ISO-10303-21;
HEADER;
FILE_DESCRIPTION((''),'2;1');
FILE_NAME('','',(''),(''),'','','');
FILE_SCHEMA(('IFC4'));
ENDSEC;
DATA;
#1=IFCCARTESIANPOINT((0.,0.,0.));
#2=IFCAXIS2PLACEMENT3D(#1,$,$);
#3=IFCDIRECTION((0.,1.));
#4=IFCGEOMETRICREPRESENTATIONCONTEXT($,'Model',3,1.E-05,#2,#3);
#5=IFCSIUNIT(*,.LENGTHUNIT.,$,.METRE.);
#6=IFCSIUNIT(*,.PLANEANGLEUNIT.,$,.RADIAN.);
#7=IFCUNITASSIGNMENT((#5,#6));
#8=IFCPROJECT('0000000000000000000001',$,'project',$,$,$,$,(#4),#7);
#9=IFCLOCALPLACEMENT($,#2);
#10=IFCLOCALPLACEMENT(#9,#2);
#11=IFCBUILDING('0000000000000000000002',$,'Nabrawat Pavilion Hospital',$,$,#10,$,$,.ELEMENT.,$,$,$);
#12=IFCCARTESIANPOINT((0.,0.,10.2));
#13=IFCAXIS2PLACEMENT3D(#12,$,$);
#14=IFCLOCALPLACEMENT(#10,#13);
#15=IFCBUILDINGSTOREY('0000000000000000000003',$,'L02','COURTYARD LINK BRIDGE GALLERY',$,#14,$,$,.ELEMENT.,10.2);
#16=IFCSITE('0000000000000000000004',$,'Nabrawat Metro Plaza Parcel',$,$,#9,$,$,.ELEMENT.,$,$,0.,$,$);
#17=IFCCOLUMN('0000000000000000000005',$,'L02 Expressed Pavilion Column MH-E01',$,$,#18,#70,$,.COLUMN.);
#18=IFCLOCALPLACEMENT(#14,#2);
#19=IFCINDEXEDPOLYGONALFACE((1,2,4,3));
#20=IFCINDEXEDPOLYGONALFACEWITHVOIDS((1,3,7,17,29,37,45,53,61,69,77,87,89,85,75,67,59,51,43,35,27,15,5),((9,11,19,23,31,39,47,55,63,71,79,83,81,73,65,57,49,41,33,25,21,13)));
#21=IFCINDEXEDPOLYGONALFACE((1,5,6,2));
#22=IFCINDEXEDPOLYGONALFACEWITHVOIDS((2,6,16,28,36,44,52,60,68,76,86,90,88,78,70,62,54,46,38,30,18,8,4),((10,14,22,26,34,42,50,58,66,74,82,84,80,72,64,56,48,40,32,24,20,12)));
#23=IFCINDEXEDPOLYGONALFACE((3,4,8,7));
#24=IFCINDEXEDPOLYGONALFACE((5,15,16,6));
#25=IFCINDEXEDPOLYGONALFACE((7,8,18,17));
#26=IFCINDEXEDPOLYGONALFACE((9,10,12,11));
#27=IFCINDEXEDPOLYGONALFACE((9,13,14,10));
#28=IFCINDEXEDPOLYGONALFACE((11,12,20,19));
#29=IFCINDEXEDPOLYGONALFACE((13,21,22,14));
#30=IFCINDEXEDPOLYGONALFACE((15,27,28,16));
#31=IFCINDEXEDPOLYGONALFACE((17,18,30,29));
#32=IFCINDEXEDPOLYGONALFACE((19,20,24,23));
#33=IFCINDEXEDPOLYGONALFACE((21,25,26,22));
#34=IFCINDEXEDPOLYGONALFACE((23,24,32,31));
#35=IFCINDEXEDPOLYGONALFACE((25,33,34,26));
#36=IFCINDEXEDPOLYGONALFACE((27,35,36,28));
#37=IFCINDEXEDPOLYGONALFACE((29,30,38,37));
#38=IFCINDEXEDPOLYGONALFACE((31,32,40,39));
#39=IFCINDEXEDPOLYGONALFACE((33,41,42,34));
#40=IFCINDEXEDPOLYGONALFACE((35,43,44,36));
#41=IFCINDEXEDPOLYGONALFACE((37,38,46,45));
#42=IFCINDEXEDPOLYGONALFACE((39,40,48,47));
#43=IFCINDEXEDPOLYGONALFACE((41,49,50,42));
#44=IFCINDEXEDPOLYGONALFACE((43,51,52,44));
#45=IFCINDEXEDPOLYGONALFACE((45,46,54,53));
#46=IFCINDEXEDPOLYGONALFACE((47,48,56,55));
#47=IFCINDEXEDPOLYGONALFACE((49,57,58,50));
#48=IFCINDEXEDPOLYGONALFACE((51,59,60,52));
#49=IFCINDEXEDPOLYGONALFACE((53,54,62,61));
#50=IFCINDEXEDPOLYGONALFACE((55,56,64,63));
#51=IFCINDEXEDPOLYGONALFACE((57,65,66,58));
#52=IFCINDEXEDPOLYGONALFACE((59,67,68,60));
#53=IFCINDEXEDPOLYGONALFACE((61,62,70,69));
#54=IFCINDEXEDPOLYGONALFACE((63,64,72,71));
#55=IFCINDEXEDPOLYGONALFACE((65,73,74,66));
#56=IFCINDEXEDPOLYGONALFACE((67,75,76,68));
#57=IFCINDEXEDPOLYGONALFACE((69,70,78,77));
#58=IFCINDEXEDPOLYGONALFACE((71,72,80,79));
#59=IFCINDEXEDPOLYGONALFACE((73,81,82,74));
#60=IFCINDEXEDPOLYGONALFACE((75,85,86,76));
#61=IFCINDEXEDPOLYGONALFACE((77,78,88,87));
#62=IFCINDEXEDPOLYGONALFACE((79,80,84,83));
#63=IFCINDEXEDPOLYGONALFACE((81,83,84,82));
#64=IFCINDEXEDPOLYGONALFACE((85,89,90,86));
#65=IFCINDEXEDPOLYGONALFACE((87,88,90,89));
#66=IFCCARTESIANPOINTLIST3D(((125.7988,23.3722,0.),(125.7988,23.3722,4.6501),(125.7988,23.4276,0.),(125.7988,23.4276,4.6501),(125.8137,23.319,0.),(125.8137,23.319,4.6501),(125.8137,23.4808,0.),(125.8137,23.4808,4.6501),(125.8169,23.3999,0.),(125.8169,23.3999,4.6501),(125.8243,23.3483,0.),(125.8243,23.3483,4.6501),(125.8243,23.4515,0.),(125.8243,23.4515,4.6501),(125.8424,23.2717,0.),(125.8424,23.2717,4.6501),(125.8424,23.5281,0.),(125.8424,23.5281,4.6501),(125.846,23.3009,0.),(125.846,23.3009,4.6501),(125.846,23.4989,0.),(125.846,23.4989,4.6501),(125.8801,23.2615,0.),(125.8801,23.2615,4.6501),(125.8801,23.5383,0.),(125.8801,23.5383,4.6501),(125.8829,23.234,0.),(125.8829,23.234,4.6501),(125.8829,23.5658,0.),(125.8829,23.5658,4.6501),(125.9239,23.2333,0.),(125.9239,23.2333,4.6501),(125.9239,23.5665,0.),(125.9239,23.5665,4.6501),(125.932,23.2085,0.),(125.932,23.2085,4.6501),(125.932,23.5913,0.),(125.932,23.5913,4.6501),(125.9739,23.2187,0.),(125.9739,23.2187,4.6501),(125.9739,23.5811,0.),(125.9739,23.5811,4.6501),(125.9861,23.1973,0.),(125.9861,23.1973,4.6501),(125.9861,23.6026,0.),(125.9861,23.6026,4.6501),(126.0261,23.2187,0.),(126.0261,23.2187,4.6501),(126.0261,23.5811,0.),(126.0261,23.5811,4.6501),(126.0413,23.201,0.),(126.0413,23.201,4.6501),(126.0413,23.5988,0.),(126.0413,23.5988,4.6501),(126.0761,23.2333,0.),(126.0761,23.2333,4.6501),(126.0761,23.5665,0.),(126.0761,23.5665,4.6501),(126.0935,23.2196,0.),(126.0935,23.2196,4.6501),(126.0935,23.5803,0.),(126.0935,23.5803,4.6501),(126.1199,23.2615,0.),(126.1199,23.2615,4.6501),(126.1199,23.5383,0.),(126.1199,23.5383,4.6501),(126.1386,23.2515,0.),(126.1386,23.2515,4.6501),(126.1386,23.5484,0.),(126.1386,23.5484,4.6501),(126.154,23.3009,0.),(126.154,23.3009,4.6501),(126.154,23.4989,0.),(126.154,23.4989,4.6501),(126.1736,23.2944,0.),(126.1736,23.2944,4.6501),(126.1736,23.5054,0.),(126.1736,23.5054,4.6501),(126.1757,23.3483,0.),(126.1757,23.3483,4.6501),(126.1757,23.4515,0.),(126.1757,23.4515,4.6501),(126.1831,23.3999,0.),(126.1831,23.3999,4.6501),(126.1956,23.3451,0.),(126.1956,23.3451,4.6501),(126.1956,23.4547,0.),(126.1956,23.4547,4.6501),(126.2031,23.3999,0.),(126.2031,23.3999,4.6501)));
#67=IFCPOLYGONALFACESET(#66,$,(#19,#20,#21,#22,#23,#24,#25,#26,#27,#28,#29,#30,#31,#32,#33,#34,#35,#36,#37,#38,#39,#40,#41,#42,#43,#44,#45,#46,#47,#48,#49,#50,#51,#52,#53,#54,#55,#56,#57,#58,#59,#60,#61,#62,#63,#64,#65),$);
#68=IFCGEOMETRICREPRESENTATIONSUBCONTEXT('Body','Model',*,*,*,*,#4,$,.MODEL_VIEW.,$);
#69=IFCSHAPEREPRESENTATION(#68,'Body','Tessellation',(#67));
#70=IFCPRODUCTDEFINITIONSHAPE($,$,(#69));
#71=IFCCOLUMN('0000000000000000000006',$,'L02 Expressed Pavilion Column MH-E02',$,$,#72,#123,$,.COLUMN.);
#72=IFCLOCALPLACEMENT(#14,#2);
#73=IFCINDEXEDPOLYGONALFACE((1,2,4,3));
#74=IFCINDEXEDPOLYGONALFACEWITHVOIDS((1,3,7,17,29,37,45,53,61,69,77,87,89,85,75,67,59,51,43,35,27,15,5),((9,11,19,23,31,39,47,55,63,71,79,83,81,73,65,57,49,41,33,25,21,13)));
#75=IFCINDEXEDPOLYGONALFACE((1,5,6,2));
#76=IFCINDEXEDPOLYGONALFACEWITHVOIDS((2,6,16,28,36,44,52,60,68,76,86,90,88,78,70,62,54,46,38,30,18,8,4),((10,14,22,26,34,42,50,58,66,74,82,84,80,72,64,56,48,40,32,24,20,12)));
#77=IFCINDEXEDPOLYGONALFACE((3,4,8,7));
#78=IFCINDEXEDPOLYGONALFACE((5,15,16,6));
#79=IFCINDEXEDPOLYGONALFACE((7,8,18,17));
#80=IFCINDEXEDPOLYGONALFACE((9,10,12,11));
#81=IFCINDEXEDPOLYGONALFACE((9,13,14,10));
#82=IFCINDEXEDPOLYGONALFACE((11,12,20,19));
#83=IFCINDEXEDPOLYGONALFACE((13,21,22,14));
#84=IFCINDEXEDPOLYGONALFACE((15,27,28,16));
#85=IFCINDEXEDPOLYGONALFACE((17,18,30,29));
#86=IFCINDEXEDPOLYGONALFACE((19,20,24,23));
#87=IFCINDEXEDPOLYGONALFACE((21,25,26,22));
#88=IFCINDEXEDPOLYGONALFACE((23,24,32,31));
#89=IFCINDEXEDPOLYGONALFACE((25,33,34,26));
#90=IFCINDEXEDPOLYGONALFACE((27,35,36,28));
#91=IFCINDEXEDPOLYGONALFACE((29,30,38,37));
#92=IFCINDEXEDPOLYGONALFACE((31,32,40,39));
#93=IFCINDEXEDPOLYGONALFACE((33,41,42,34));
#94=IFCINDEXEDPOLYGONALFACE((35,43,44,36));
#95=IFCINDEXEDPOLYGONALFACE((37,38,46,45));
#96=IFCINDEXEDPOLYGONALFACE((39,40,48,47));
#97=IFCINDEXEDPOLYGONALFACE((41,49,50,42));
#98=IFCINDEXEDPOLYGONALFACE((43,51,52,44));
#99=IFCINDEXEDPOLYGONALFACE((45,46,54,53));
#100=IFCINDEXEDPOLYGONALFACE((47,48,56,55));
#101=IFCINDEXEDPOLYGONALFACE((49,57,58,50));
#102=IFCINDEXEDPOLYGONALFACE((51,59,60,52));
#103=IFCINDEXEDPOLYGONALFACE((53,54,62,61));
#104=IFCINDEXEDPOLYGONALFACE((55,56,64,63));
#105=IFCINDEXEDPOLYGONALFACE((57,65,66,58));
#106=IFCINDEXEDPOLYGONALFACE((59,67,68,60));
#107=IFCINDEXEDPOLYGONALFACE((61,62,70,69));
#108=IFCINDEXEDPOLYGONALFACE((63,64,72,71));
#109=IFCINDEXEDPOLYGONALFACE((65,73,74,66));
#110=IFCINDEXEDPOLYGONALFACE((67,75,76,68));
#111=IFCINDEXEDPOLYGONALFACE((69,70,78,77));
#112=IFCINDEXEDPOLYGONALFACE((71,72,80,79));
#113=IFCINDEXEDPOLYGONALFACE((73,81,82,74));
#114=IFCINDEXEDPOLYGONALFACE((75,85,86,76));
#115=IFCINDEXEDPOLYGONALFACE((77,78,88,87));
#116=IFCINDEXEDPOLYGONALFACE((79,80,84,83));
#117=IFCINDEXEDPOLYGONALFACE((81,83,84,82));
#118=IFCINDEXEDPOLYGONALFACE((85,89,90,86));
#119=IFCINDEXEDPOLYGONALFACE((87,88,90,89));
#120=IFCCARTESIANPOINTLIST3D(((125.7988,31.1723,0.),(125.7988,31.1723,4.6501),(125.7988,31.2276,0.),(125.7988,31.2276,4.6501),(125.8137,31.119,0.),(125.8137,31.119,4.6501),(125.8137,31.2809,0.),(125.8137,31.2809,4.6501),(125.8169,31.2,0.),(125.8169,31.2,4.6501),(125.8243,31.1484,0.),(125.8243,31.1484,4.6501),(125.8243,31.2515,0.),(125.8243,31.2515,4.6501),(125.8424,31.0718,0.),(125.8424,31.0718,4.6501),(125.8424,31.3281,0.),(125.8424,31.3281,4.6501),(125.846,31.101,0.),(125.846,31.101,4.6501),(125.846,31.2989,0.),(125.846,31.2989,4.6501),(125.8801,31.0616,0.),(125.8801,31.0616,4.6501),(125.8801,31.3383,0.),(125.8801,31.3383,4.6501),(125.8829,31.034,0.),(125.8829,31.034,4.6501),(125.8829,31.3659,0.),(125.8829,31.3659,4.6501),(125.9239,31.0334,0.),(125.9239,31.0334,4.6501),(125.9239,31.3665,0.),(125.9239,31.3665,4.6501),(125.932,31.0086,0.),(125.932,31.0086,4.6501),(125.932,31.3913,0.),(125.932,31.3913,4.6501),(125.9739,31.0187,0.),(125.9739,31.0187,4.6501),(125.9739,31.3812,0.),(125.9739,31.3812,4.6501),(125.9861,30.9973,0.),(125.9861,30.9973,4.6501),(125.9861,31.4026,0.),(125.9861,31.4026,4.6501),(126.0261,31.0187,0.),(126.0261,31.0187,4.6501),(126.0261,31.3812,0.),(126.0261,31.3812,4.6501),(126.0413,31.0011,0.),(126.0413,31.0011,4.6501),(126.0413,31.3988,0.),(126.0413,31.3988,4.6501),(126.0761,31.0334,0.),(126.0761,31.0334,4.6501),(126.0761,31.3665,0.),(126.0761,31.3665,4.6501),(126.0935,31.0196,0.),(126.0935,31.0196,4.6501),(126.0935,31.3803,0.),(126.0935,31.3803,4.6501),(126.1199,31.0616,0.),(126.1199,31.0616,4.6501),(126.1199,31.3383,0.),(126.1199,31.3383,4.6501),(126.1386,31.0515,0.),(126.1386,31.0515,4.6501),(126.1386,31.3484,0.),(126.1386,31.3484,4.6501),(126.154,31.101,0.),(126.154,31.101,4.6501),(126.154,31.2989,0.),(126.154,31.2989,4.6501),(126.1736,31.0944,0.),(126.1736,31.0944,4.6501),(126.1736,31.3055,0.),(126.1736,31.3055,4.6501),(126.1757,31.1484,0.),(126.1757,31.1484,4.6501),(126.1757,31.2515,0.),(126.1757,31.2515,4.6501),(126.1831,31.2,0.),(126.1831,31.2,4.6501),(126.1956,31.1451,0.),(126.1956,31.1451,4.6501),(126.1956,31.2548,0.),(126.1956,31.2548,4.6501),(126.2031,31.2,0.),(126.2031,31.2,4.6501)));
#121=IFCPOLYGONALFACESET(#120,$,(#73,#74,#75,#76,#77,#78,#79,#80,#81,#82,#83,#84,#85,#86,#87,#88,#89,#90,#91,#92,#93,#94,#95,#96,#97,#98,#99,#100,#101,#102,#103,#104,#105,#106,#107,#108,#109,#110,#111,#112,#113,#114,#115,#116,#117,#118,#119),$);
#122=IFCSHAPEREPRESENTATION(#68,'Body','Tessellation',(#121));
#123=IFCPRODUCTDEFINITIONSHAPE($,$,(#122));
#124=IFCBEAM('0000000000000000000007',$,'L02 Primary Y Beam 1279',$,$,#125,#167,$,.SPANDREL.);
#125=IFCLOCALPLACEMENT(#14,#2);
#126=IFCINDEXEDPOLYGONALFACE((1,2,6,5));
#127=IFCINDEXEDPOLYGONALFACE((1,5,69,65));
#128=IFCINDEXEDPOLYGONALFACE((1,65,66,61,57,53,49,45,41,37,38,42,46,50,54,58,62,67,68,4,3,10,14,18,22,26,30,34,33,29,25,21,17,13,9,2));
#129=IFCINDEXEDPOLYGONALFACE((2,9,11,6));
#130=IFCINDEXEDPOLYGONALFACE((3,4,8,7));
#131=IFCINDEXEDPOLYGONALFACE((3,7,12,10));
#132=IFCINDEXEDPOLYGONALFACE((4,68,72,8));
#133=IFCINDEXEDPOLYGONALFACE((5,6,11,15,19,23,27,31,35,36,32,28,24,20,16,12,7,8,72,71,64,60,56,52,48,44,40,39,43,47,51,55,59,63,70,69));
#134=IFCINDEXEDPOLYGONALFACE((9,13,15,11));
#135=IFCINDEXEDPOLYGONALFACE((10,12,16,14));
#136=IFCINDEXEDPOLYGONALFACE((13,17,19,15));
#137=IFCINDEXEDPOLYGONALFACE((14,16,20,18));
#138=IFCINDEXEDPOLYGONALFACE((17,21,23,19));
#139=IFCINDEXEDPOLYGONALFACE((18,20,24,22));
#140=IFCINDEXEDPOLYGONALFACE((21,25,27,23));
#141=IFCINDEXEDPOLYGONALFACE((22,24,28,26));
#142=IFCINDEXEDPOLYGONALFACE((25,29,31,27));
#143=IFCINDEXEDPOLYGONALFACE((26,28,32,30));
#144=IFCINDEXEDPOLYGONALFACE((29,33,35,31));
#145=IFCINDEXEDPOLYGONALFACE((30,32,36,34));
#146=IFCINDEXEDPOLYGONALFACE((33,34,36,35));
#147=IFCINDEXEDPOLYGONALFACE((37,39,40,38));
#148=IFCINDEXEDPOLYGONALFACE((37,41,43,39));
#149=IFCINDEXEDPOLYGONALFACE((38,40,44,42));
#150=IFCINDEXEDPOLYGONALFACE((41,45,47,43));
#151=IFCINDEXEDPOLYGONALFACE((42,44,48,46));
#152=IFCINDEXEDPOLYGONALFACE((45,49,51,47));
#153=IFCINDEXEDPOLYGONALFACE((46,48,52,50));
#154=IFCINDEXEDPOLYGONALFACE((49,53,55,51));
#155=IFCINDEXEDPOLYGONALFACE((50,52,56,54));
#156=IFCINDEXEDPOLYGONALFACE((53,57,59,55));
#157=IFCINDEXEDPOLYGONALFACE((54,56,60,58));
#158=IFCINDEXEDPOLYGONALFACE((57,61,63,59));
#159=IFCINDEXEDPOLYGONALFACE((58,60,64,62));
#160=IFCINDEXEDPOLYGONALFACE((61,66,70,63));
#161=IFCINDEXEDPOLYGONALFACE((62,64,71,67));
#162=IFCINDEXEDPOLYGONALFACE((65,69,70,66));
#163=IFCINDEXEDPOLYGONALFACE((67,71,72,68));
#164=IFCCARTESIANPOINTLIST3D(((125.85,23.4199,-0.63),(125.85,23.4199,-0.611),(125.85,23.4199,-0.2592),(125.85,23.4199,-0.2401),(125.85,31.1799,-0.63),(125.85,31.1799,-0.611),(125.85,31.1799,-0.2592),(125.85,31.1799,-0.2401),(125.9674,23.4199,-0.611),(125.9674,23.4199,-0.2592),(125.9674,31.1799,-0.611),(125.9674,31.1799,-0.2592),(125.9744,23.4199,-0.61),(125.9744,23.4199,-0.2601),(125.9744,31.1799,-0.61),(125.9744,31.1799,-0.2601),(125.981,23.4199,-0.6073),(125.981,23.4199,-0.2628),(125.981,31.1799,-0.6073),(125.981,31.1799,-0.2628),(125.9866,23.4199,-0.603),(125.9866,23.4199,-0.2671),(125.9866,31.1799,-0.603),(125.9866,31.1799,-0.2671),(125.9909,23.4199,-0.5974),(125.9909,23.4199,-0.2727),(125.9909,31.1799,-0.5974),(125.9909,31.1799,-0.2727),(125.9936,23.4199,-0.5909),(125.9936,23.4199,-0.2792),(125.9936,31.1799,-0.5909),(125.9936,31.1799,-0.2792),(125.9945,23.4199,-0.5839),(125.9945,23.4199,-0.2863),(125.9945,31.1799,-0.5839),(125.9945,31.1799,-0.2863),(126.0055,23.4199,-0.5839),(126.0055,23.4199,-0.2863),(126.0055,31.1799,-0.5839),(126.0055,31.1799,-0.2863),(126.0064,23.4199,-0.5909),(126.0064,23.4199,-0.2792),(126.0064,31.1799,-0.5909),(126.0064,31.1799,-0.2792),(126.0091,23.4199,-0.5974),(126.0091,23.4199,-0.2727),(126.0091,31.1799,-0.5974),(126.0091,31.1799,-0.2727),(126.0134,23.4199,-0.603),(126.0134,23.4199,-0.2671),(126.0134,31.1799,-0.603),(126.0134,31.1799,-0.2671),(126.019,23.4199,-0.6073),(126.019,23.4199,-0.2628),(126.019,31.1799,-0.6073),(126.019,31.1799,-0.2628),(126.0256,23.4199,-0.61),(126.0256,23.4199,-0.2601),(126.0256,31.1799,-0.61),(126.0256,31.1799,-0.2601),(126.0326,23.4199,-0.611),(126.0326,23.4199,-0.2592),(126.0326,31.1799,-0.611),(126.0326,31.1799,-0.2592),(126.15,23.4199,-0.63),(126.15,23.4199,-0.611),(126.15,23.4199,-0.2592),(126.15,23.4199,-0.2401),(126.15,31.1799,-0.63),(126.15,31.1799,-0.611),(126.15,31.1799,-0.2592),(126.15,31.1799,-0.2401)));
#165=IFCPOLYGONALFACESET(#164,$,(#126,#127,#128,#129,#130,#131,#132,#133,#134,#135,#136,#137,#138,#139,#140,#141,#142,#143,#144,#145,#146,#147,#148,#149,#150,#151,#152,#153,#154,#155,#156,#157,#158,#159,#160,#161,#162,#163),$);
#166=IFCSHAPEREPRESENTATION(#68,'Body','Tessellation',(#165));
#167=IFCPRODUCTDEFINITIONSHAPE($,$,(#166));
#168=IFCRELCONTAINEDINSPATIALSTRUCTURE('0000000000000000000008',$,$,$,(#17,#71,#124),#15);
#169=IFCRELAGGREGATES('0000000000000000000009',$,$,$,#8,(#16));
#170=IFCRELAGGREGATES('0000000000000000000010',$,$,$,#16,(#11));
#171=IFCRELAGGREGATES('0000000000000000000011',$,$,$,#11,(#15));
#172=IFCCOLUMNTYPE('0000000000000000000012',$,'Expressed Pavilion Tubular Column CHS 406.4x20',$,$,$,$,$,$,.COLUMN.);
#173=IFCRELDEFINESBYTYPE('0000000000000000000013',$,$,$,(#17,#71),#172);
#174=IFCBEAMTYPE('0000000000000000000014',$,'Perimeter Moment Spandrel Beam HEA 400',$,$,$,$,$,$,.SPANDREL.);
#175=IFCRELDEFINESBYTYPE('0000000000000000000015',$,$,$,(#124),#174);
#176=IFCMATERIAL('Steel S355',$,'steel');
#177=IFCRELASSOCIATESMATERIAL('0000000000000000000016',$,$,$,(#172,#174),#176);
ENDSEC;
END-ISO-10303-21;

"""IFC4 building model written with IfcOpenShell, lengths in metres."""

from ifc_helpers import new_model, si_unit, direction, frame, origin, origin_2d, place, context, subcontext, project, spatial, hollow_circle, i_section, extrude, material, material_profile, profile_set, type_object, element, save


model = new_model("IFC4")

# Units and contexts
model_context = context("Model", 3, precision=1e-05, world=origin(), true_north=direction((0.0, 1.0)))
body_context = subcontext(model_context, "Body", "Model", "MODEL_VIEW")
ifc_project = project(units=[si_unit("LENGTHUNIT", "METRE"), si_unit("PLANEANGLEUNIT", "RADIAN")], contexts=[model_context])

# Site, building, storey
site_placement = place(None, origin())
site = spatial("IfcSite", under=ifc_project, at=site_placement, Name="Nabrawat Metro Plaza Parcel", CompositionType="ELEMENT", RefElevation=0.0)
building_placement = place(site_placement, origin())
building = spatial("IfcBuilding", under=site, at=building_placement, Name="Nabrawat Pavilion Hospital", CompositionType="ELEMENT")
storey_placement = place(building_placement, frame((0.0, 0.0, 10.2)))
storey = spatial("IfcBuildingStorey", under=building, at=storey_placement, Name="L02", Description="COURTYARD LINK BRIDGE GALLERY", CompositionType="ELEMENT", Elevation=10.2)

# Columns
ifc_material_1 = material(Name="Steel S355", Category="steel")
ifc_material_profile_1 = material_profile(ifc_material_1, hollow_circle(Radius=0.2031, WallThickness=0.02, at=origin_2d()), Name="CHS 406.4x20")
ifc_profile_set_1 = profile_set([ifc_material_profile_1], Name="Steel S355")
column_type = type_object("IfcColumnType", Name="Expressed Pavilion Tubular Column CHS 406.4x20", PredefinedType="COLUMN", material=ifc_profile_set_1)
for number, where, z_axis, x_axis, name in (
    (1, (126.0, 23.3999, 0.0), (0.0, 0.0, 1.0), (1.0, 0.0, 0.0), "L02 Expressed Pavilion Column MH-E01"),
    (2, (126.0, 31.2, 0.0), (0.0, 0.0, 1.0), (1.0, 0.0, 0.0), "L02 Expressed Pavilion Column MH-E02"),
):
    element("IfcColumn", number, at=place(storey_placement, frame(where, z_axis=z_axis, x_axis=x_axis)), inside=storey, type_object=column_type, Name=name, PredefinedType="COLUMN", context=body_context, shape_type="SweptSolid", body=[
        extrude(hollow_circle(Radius=0.2031, WallThickness=0.02, at=origin_2d()), origin(), (0.0, 0.0, 1.0), 4.6501),
    ])

# Beam
ifc_material_profile_2 = material_profile(ifc_material_1, i_section(OverallWidth=0.3, OverallDepth=0.3899, WebThickness=0.011, FlangeThickness=0.019, FilletRadius=0.0271, at=origin_2d()), Name="HEA 400")
ifc_profile_set_2 = profile_set([ifc_material_profile_2], Name="Steel S355")
beam_type_1 = type_object("IfcBeamType", Name="Perimeter Moment Spandrel Beam HEA 400", PredefinedType="SPANDREL", material=ifc_profile_set_2)
for number, where, z_axis, x_axis, name in (
    (3, (126.0, 23.4199, -0.4351), (0.0, 1.0, 0.0), (-1.0, 0.0, 0.0), "L02 Primary Y Beam 1279"),
):
    element("IfcBeam", number, at=place(storey_placement, frame(where, z_axis=z_axis, x_axis=x_axis)), inside=storey, type_object=beam_type_1, Name=name, PredefinedType="SPANDREL", context=body_context, shape_type="SweptSolid", body=[
        extrude(i_section(OverallWidth=0.3, OverallDepth=0.3899, WebThickness=0.011, FlangeThickness=0.019, FilletRadius=0.0271, at=origin_2d()), origin(), (0.0, 0.0, 1.0), 7.76),
    ])

save(model, "model.ifc")
